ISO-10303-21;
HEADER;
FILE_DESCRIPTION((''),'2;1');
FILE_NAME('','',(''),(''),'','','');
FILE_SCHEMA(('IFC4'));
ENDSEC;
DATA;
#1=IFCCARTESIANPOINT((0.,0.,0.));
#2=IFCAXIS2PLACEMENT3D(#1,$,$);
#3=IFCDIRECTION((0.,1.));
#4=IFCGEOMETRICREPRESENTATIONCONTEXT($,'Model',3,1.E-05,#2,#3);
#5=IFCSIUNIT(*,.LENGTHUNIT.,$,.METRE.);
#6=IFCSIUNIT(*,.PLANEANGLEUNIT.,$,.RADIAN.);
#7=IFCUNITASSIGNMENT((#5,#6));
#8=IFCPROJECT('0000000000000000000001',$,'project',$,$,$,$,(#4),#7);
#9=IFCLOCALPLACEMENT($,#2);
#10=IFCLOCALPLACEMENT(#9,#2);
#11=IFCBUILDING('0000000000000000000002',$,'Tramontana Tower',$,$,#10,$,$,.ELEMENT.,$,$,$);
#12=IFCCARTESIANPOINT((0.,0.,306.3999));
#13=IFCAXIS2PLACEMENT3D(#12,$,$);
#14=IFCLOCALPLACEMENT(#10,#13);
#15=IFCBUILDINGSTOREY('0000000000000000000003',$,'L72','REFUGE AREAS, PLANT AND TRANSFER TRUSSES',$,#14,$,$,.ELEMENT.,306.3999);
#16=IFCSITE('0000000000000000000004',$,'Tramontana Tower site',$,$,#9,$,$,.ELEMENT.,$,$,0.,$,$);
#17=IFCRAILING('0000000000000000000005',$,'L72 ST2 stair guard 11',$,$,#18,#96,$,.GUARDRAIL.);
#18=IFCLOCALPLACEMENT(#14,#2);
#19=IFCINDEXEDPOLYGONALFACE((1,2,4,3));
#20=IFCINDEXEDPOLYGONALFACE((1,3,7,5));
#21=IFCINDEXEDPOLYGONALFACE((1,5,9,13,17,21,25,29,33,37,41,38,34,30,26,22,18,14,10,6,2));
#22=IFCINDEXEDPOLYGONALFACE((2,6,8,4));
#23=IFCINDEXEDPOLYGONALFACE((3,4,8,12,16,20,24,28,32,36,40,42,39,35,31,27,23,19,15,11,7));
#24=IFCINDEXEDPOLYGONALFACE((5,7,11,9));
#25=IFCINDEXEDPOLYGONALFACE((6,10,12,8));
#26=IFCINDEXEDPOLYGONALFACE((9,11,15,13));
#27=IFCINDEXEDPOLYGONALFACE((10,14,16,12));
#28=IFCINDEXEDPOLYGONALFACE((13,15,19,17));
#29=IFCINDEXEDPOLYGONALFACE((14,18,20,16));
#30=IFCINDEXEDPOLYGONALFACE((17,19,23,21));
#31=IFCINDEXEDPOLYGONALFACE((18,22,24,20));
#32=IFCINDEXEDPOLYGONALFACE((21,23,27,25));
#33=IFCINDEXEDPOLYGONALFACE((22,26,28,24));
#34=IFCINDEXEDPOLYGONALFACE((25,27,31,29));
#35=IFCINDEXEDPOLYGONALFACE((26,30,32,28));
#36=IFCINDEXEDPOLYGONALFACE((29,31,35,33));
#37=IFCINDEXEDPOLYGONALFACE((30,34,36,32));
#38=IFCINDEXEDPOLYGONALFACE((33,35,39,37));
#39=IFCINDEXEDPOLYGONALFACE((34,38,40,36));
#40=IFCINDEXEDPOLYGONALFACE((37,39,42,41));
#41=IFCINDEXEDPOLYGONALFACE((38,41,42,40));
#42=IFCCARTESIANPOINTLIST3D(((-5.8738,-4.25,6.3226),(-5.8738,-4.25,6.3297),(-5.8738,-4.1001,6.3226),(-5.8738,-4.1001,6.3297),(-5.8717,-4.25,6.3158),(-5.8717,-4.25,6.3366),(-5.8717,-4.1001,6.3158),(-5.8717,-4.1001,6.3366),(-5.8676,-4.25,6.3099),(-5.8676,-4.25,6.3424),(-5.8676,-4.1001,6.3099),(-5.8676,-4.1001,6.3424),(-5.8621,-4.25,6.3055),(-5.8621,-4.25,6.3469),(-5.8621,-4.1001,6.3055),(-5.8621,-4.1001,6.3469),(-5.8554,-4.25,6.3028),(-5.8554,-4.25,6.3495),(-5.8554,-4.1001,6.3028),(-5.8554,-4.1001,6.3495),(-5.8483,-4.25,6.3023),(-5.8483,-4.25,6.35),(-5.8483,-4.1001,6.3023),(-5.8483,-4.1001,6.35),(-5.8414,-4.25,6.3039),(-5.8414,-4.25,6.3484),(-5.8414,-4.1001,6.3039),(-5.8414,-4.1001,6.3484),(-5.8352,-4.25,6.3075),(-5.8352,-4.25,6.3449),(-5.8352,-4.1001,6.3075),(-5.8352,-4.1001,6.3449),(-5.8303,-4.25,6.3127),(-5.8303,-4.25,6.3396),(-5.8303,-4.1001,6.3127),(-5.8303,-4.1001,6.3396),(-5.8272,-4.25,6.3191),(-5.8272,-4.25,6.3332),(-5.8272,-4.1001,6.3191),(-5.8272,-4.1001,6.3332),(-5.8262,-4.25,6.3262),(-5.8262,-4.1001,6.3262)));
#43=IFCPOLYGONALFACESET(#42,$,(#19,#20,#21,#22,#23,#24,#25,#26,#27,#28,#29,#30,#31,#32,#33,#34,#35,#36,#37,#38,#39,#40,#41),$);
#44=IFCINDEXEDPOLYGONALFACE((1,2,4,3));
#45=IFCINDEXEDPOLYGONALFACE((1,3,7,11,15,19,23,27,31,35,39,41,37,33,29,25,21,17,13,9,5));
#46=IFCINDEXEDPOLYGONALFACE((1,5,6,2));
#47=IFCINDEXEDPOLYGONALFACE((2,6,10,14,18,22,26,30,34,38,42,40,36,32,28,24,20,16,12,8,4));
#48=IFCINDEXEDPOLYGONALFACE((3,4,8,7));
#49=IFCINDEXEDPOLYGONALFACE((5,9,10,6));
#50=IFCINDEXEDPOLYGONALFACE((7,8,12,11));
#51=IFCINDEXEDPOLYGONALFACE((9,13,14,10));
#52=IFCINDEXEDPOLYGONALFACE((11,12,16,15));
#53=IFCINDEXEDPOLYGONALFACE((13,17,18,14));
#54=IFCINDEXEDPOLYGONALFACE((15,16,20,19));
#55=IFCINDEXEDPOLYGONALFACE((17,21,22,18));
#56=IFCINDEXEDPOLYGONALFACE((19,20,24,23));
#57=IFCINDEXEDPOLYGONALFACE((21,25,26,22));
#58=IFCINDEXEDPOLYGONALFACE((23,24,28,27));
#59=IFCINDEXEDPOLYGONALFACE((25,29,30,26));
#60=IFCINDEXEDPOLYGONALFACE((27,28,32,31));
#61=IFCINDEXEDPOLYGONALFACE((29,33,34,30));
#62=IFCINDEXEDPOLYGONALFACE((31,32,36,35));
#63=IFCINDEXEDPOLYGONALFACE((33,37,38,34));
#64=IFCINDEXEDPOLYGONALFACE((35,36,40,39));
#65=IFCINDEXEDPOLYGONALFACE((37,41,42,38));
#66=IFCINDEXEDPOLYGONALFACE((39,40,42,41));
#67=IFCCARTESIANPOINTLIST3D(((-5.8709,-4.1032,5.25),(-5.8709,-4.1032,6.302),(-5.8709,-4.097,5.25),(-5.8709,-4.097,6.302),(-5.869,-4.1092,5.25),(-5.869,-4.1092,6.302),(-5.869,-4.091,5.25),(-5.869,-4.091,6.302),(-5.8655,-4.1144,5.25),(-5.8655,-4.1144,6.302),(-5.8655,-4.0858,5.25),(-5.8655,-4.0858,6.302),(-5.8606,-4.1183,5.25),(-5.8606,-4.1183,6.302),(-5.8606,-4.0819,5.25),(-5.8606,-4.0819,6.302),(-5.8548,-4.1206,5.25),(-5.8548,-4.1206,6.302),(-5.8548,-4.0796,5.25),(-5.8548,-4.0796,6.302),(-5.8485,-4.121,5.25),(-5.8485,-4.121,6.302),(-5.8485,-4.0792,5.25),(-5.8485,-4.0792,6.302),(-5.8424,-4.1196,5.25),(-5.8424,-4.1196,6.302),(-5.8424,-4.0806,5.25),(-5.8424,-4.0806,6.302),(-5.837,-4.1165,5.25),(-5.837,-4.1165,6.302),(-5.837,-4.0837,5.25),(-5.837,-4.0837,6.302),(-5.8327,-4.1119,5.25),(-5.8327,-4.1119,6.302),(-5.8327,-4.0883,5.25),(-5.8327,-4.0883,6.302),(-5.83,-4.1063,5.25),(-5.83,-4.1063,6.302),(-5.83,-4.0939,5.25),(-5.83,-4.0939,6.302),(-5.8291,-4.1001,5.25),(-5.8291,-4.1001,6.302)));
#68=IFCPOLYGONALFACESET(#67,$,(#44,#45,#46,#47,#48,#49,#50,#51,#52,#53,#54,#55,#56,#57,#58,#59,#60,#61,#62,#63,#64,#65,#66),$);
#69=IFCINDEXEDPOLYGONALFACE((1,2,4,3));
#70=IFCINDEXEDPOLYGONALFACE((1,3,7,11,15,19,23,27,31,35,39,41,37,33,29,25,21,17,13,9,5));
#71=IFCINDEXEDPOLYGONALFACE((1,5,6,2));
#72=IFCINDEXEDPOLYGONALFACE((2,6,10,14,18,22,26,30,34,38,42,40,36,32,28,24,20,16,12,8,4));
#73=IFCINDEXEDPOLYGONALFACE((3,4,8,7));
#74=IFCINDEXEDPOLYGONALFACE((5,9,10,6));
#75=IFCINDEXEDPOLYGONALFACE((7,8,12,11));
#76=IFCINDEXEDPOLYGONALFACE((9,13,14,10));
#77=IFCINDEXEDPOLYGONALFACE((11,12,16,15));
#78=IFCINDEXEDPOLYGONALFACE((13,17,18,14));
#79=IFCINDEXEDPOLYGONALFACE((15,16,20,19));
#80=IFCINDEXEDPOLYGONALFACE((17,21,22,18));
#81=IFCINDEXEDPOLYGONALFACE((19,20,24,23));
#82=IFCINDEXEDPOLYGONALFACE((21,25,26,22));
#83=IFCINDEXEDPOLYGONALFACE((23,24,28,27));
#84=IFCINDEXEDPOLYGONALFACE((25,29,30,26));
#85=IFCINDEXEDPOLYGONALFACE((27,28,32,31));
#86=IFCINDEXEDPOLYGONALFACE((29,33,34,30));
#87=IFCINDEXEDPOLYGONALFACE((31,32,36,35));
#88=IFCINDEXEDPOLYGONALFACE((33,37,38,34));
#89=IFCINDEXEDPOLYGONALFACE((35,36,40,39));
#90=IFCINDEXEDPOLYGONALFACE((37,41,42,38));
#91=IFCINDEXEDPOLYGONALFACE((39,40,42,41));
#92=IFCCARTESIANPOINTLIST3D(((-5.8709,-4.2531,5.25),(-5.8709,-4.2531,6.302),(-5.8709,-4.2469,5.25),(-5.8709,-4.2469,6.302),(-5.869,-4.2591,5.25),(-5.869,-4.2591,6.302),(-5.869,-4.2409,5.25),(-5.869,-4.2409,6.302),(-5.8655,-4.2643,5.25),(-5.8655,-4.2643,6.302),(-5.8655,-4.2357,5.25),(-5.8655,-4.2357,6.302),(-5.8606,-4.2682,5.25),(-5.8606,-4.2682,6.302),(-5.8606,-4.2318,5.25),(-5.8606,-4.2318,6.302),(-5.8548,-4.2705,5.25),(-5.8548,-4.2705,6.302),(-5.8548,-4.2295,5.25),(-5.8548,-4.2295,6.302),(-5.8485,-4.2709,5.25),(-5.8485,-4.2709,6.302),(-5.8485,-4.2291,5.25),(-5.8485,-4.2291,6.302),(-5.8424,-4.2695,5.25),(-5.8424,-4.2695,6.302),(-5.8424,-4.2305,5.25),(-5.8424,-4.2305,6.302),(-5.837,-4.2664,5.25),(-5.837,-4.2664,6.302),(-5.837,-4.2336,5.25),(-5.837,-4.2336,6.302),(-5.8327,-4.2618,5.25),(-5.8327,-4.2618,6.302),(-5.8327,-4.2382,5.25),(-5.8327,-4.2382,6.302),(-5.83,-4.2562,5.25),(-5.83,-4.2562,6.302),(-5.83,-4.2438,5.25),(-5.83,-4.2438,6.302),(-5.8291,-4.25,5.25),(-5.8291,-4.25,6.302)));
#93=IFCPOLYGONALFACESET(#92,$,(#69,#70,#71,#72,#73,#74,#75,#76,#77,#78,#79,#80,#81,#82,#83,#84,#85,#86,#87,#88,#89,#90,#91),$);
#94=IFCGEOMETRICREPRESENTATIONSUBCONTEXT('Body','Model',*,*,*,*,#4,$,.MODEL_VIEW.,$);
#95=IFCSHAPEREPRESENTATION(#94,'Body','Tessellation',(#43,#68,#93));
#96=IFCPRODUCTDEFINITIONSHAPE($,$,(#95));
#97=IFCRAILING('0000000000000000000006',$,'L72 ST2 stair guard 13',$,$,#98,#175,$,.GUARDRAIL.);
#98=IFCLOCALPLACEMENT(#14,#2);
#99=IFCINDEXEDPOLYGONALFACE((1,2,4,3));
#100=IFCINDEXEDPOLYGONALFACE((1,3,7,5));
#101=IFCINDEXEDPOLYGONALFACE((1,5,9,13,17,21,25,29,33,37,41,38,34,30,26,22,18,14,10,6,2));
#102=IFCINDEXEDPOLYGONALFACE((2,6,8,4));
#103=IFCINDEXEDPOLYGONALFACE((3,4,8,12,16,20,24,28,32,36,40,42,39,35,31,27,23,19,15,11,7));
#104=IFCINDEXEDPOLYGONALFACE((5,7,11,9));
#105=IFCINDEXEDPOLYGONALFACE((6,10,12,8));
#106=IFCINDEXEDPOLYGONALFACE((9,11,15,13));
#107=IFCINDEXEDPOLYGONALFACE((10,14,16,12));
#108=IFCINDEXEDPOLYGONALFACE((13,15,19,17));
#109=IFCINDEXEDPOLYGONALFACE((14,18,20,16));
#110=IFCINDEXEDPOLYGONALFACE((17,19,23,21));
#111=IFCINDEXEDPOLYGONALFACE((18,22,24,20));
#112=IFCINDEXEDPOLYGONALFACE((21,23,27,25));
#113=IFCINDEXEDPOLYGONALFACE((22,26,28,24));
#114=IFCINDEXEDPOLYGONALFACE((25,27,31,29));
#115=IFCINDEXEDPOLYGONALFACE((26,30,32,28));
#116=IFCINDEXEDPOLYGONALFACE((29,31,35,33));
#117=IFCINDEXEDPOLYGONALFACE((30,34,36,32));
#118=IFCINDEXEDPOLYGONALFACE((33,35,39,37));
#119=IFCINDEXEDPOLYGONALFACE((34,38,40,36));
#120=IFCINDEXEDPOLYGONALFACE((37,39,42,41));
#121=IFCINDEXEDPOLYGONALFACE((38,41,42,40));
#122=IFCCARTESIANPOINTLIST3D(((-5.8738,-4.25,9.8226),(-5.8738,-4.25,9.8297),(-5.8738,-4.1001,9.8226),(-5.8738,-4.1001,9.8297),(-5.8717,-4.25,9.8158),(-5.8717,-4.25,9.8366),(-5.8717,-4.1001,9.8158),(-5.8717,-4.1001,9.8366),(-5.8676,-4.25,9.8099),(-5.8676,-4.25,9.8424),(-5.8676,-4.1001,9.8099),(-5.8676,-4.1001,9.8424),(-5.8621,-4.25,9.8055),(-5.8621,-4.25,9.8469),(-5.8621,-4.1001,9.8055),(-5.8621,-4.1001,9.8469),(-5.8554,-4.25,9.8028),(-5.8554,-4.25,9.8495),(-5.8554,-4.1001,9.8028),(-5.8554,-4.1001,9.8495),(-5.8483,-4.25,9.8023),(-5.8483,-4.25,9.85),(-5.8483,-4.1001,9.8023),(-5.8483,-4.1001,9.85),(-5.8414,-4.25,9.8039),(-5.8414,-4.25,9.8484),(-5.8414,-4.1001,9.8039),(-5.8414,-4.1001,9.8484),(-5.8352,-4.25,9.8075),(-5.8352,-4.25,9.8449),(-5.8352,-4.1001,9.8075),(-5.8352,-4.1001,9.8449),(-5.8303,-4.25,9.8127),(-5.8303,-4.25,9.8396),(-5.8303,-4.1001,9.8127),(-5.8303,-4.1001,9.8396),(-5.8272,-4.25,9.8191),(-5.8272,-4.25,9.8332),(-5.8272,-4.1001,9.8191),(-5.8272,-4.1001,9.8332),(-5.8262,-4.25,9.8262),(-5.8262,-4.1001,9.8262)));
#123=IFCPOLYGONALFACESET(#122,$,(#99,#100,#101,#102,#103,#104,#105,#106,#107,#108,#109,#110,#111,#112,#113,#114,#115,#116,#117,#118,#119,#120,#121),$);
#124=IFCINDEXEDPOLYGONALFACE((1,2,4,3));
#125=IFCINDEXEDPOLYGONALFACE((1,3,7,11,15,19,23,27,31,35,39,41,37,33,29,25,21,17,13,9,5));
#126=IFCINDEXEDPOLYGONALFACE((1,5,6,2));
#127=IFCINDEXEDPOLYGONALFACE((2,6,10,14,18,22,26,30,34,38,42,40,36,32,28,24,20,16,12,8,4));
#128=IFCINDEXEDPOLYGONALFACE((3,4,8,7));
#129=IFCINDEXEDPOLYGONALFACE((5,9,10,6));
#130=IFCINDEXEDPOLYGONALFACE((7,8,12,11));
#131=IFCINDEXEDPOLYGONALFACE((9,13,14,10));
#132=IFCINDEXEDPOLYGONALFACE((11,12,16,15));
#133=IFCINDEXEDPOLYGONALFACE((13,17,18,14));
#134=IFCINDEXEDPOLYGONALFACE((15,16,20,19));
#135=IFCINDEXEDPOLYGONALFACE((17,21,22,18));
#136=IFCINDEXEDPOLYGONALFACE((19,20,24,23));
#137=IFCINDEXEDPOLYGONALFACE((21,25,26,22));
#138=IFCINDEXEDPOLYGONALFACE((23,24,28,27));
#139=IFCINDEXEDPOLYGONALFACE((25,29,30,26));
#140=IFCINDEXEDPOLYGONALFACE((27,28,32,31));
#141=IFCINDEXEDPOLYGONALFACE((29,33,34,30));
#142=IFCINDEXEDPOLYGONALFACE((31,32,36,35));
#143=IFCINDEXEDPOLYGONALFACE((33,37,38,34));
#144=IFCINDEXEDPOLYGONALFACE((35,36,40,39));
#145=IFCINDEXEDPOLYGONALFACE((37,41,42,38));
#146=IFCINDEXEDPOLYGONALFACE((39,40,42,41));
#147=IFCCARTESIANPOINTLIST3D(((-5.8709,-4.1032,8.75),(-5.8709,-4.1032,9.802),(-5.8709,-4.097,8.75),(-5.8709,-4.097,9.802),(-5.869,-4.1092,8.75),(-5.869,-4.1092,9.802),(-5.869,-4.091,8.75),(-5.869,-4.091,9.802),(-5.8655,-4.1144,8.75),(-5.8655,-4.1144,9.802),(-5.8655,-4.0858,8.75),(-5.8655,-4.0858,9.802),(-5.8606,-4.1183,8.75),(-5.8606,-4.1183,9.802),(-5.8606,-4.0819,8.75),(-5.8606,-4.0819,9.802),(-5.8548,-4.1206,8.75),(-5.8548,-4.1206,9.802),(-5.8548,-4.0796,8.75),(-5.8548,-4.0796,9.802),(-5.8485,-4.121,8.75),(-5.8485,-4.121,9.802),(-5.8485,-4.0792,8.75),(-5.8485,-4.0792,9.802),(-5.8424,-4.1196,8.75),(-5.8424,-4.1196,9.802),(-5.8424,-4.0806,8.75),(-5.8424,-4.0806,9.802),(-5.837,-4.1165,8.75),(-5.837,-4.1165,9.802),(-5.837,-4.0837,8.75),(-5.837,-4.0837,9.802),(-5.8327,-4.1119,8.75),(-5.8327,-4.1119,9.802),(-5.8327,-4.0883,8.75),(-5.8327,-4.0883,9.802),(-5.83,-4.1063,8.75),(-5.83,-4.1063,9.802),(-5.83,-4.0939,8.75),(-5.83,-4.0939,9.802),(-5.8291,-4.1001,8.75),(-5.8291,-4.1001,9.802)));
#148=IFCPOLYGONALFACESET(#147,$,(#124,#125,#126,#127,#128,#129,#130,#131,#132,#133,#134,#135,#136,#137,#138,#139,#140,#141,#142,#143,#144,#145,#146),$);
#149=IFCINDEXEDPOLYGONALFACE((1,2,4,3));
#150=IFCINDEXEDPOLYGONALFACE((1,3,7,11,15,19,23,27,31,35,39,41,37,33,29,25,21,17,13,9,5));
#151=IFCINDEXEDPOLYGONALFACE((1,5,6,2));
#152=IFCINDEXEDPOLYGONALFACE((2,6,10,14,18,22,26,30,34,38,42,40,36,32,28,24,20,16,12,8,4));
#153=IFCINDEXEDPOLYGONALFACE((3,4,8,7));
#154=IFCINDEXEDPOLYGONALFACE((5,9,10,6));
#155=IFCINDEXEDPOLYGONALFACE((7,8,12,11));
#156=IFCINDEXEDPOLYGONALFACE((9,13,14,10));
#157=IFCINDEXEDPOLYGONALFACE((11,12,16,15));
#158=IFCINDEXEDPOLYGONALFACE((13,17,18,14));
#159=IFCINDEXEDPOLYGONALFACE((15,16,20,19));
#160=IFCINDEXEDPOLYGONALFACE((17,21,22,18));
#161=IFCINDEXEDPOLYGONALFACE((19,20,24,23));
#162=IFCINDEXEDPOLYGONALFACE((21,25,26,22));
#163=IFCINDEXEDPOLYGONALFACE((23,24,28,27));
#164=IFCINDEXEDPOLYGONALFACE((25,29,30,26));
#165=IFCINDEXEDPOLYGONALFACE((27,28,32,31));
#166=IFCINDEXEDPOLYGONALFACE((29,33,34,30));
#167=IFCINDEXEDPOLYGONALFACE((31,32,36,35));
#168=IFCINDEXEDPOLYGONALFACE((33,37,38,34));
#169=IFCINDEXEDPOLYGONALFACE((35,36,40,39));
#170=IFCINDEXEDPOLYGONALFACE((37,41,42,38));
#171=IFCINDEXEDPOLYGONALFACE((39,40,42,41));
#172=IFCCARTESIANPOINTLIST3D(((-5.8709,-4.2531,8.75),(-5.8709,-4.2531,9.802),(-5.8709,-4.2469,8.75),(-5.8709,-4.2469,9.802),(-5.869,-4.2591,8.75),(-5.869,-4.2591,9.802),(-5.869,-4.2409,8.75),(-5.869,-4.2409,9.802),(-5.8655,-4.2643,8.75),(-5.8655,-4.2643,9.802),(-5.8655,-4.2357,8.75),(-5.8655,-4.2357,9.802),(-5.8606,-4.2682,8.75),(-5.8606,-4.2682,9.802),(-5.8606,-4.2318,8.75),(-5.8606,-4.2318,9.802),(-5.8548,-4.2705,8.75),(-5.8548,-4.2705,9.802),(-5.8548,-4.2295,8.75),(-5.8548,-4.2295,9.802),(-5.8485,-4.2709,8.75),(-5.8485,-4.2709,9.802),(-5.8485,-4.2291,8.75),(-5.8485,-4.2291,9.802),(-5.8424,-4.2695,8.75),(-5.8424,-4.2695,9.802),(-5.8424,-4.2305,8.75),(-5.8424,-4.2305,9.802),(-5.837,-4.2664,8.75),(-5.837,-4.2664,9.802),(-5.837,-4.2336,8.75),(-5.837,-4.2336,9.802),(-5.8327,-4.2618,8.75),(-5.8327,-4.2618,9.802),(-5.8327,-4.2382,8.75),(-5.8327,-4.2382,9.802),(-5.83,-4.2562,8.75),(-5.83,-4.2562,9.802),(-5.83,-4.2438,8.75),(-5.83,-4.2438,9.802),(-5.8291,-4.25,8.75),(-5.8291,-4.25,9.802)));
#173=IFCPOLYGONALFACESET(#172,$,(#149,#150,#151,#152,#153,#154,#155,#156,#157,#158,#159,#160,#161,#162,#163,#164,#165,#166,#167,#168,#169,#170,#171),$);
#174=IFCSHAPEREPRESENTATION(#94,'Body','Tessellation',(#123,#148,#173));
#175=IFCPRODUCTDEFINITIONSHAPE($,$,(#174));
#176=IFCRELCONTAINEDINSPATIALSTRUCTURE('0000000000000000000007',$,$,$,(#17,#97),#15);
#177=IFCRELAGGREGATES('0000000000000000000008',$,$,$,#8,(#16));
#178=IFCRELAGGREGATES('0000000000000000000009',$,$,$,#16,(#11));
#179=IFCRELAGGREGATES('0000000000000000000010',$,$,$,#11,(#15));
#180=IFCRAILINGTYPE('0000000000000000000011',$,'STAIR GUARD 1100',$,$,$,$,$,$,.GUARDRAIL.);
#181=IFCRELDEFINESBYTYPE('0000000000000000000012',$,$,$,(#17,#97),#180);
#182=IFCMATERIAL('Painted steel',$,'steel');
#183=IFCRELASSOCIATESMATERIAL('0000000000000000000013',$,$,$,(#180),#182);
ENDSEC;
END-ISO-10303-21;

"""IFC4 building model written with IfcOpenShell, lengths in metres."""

from ifc_helpers import new_model, si_unit, direction, frame, origin, origin_2d, place, context, subcontext, project, spatial, circle, extrude, material, type_object, element, save


model = new_model("IFC4")

# Units and contexts
model_context = context("Model", 3, precision=1e-05, world=origin(), true_north=direction((0.0, 1.0)))
body_context = subcontext(model_context, "Body", "Model", "MODEL_VIEW")
ifc_project = project(units=[si_unit("LENGTHUNIT", "METRE"), si_unit("PLANEANGLEUNIT", "RADIAN")], contexts=[model_context])

# Site, building, storey
site_placement = place(None, origin())
site = spatial("IfcSite", under=ifc_project, at=site_placement, Name="Tramontana Tower site", CompositionType="ELEMENT", RefElevation=0.0)
building_placement = place(site_placement, origin())
building = spatial("IfcBuilding", under=site, at=building_placement, Name="Tramontana Tower", CompositionType="ELEMENT")
storey_placement = place(building_placement, frame((0.0, 0.0, 306.3999)))
storey = spatial("IfcBuildingStorey", under=building, at=storey_placement, Name="L72", Description="REFUGE AREAS, PLANT AND TRANSFER TRUSSES", CompositionType="ELEMENT", Elevation=306.3999)

# Railings
ifc_material_1 = material(Name="Painted steel", Category="steel")
railing_type = type_object("IfcRailingType", Name="STAIR GUARD 1100", PredefinedType="GUARDRAIL", material=ifc_material_1)
for number, where, name in (
    (1, (-5.8501, -4.1001, 5.25), "L72 ST2 stair guard 11"),
    (2, (-5.8501, -4.1001, 8.75), "L72 ST2 stair guard 13"),
):
    element("IfcRailing", number, at=place(storey_placement, frame(where)), inside=storey, type_object=railing_type, Name=name, PredefinedType="GUARDRAIL", context=body_context, shape_type="SweptSolid", body=[
        extrude(circle(Radius=0.0239, at=origin_2d()), frame((0.0, 0.0, 1.0762), z_axis=(0.0, -1.0, 0.0), x_axis=(1.0, 0.0, 0.0)), (0.0, 0.0, 1.0), 0.1499),
        extrude(circle(Radius=0.021, at=origin_2d()), origin(), (0.0, 0.0, 1.0), 1.052),
        extrude(circle(Radius=0.021, at=origin_2d()), frame((0.0, -0.1499, 0.0)), (0.0, 0.0, 1.0), 1.052),
    ])

save(model, "model.ifc")
